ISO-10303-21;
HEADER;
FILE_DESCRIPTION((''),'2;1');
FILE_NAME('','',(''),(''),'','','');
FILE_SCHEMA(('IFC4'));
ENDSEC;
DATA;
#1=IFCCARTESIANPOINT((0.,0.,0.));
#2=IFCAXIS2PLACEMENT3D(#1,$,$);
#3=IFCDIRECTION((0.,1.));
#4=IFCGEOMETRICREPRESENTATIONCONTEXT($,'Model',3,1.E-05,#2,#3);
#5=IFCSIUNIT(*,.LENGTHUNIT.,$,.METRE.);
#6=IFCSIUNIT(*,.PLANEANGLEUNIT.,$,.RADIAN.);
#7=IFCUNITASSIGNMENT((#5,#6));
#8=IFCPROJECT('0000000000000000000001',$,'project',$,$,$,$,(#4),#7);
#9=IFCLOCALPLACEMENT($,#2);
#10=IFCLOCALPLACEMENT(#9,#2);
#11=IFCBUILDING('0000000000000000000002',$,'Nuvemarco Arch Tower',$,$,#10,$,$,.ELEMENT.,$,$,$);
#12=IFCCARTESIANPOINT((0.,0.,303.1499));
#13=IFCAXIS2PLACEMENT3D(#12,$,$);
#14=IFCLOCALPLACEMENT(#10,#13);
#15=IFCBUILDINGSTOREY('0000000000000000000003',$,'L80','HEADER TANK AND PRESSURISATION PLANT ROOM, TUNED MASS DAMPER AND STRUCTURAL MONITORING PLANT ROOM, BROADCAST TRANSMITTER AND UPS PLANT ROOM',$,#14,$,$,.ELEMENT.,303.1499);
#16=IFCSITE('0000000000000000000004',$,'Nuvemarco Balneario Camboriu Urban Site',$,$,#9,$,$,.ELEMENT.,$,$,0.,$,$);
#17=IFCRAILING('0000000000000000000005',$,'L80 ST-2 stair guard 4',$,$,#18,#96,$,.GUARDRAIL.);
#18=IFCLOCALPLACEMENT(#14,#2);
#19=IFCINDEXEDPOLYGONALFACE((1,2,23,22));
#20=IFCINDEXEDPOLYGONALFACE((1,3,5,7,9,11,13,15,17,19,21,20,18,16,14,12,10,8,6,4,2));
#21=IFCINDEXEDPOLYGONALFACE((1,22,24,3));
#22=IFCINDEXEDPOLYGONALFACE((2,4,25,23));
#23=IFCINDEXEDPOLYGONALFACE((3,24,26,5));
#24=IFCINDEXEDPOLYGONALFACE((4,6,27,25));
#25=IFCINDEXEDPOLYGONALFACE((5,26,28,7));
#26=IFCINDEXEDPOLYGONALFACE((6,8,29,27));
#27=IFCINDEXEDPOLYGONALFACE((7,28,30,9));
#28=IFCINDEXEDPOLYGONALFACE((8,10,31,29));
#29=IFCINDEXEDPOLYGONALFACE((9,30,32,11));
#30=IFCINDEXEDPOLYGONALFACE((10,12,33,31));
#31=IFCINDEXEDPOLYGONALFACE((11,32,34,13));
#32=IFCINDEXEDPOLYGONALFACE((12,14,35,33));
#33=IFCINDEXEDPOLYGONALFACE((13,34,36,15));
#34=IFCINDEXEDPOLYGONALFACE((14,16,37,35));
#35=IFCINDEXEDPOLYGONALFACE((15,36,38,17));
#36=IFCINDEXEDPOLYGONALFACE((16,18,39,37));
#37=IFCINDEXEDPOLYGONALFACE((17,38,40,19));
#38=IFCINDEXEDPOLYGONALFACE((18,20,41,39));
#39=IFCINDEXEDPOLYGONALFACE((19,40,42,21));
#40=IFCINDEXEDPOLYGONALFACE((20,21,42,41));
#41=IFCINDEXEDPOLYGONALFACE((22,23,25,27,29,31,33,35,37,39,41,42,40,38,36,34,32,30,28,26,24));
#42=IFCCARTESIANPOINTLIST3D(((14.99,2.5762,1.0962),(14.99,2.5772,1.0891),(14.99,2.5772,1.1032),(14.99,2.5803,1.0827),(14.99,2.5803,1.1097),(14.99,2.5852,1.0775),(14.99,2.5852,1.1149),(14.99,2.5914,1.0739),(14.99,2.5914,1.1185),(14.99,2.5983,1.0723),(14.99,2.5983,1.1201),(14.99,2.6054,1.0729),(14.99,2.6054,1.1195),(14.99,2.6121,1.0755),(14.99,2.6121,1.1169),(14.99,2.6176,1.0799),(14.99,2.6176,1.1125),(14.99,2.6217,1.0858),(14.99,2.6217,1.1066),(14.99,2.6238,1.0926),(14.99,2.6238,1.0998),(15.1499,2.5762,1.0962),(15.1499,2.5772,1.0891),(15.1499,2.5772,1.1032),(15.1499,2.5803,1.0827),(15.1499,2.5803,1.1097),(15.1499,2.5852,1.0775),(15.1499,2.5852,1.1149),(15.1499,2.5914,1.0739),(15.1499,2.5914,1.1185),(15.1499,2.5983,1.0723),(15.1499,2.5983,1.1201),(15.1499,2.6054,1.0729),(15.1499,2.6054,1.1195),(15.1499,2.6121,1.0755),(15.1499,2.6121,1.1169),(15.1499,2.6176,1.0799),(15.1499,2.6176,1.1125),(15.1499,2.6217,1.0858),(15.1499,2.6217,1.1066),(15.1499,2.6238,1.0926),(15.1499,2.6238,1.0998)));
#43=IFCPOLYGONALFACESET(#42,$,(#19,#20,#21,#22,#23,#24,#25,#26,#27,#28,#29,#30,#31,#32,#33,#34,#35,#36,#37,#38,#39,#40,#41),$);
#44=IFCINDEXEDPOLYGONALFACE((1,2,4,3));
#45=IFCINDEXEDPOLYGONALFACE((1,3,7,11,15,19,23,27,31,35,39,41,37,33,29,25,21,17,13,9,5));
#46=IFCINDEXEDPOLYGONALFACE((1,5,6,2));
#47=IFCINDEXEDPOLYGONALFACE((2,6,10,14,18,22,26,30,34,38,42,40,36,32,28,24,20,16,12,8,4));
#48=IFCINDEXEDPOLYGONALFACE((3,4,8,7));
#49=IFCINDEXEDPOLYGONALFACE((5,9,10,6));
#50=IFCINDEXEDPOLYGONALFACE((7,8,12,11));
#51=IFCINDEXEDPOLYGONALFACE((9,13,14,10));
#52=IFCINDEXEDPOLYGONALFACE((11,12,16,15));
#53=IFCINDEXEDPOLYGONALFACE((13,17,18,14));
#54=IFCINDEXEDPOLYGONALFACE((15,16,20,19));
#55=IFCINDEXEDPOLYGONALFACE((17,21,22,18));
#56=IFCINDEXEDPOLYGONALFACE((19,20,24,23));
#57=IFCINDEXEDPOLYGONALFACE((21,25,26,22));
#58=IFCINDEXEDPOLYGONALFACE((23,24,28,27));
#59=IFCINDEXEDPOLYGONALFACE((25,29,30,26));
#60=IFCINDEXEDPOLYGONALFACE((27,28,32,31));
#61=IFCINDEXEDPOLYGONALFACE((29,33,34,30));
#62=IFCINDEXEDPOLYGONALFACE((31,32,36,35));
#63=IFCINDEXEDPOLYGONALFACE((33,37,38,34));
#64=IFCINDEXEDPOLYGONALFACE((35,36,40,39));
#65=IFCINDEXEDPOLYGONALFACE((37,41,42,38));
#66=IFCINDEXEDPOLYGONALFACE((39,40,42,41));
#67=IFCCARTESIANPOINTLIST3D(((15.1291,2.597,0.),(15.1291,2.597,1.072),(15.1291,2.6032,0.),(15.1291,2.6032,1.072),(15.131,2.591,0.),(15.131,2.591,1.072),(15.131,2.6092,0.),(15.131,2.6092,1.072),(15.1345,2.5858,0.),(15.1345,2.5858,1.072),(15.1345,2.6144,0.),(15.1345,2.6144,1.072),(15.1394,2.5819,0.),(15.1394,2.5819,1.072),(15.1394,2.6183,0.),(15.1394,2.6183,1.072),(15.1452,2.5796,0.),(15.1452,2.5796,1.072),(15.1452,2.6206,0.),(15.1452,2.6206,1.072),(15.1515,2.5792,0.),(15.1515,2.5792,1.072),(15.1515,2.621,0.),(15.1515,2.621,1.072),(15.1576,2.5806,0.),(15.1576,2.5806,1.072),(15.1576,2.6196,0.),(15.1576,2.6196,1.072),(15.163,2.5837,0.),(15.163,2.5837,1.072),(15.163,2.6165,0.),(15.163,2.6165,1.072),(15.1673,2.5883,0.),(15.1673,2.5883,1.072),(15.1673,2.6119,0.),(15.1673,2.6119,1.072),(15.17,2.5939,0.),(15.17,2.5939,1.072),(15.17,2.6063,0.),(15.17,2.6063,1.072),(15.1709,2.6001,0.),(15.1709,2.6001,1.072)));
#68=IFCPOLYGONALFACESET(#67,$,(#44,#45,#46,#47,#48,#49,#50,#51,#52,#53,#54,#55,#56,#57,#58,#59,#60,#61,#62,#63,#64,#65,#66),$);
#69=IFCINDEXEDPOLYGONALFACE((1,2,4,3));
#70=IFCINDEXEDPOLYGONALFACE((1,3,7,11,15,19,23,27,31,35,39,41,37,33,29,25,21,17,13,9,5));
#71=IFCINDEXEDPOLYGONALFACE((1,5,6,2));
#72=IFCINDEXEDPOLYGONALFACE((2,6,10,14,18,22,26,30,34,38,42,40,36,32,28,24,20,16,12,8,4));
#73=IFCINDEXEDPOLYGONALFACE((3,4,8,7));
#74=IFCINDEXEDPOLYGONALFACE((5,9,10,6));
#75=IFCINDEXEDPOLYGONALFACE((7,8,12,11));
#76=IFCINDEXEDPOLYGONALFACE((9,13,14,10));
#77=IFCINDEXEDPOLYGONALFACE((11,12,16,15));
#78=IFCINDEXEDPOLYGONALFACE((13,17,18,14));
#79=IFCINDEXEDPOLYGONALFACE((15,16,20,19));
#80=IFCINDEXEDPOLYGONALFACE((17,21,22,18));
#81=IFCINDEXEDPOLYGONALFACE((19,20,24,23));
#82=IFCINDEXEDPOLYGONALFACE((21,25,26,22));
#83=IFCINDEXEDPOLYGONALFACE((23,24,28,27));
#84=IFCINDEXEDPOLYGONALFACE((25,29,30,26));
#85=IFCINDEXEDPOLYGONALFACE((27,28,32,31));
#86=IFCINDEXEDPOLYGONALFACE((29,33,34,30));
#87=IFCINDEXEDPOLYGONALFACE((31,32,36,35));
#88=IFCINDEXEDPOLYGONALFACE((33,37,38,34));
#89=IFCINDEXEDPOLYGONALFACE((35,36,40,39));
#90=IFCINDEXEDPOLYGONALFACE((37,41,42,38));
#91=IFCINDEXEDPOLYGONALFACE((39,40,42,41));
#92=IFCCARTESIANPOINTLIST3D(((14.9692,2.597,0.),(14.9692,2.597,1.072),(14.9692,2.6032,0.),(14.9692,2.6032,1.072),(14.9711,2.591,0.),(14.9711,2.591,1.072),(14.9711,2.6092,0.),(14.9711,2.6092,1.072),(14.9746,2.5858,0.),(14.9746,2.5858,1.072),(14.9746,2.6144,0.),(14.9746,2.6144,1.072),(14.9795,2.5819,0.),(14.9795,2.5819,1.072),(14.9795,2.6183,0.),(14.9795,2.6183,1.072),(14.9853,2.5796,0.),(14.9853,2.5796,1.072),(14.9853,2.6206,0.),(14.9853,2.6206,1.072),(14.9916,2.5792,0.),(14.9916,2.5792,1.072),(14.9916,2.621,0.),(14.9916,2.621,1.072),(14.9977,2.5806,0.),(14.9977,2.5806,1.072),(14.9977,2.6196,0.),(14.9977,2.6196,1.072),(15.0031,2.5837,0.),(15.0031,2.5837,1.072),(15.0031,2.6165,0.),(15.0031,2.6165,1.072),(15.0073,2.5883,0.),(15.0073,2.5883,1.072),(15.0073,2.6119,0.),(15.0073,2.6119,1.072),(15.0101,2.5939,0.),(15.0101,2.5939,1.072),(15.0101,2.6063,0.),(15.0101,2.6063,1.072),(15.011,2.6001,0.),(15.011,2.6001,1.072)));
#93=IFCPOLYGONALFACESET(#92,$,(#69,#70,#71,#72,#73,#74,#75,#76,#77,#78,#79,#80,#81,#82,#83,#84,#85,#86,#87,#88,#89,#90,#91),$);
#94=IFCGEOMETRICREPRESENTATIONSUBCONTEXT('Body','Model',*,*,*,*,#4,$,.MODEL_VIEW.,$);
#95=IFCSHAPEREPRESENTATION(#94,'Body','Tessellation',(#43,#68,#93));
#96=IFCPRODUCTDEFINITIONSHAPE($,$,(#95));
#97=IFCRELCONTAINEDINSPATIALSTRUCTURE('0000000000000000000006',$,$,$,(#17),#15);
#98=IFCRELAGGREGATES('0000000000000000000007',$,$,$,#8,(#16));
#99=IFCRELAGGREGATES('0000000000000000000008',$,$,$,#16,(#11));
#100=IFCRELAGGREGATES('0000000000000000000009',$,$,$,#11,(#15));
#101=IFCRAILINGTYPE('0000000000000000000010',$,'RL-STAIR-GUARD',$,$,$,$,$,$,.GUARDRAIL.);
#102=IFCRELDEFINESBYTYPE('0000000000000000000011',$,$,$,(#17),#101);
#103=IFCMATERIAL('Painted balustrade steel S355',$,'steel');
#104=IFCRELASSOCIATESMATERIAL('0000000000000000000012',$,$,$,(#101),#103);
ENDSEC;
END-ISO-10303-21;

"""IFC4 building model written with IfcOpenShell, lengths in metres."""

from ifc_helpers import new_model, si_unit, direction, frame, origin, origin_2d, place, context, subcontext, project, spatial, circle, extrude, material, type_object, element, save


model = new_model("IFC4")

# Units and contexts
model_context = context("Model", 3, precision=1e-05, world=origin(), true_north=direction((0.0, 1.0)))
body_context = subcontext(model_context, "Body", "Model", "MODEL_VIEW")
ifc_project = project(units=[si_unit("LENGTHUNIT", "METRE"), si_unit("PLANEANGLEUNIT", "RADIAN")], contexts=[model_context])

# Site, building, storey
site_placement = place(None, origin())
site = spatial("IfcSite", under=ifc_project, at=site_placement, Name="Nuvemarco Balneario Camboriu Urban Site", CompositionType="ELEMENT", RefElevation=0.0)
building_placement = place(site_placement, origin())
building = spatial("IfcBuilding", under=site, at=building_placement, Name="Nuvemarco Arch Tower", CompositionType="ELEMENT")
storey_placement = place(building_placement, frame((0.0, 0.0, 303.1499)))
storey = spatial("IfcBuildingStorey", under=building, at=storey_placement, Name="L80", Description="HEADER TANK AND PRESSURISATION PLANT ROOM, TUNED MASS DAMPER AND STRUCTURAL MONITORING PLANT ROOM, BROADCAST TRANSMITTER AND UPS PLANT ROOM", CompositionType="ELEMENT", Elevation=303.1499)

# Railing
ifc_material_1 = material(Name="Painted balustrade steel S355", Category="steel")
railing_type_1 = type_object("IfcRailingType", Name="RL-STAIR-GUARD", PredefinedType="GUARDRAIL", material=ifc_material_1)
railing_1_placement = place(storey_placement, frame((15.1499, 2.6001, 0.0)))
element("IfcRailing", 1, at=railing_1_placement, inside=storey, type_object=railing_type_1, Name="L80 ST-2 stair guard 4", PredefinedType="GUARDRAIL", context=body_context, shape_type="SweptSolid", body=[
    extrude(circle(Radius=0.0239, at=origin_2d()), frame((0.0, 0.0, 1.0962), z_axis=(-1.0, 0.0, 0.0), x_axis=(0.0, -1.0, 0.0)), (0.0, 0.0, 1.0), 0.1599),
    extrude(circle(Radius=0.021, at=origin_2d()), origin(), (0.0, 0.0, 1.0), 1.072),
    extrude(circle(Radius=0.021, at=origin_2d()), frame((-0.1599, 0.0, 0.0)), (0.0, 0.0, 1.0), 1.072),
])

save(model, "model.ifc")
